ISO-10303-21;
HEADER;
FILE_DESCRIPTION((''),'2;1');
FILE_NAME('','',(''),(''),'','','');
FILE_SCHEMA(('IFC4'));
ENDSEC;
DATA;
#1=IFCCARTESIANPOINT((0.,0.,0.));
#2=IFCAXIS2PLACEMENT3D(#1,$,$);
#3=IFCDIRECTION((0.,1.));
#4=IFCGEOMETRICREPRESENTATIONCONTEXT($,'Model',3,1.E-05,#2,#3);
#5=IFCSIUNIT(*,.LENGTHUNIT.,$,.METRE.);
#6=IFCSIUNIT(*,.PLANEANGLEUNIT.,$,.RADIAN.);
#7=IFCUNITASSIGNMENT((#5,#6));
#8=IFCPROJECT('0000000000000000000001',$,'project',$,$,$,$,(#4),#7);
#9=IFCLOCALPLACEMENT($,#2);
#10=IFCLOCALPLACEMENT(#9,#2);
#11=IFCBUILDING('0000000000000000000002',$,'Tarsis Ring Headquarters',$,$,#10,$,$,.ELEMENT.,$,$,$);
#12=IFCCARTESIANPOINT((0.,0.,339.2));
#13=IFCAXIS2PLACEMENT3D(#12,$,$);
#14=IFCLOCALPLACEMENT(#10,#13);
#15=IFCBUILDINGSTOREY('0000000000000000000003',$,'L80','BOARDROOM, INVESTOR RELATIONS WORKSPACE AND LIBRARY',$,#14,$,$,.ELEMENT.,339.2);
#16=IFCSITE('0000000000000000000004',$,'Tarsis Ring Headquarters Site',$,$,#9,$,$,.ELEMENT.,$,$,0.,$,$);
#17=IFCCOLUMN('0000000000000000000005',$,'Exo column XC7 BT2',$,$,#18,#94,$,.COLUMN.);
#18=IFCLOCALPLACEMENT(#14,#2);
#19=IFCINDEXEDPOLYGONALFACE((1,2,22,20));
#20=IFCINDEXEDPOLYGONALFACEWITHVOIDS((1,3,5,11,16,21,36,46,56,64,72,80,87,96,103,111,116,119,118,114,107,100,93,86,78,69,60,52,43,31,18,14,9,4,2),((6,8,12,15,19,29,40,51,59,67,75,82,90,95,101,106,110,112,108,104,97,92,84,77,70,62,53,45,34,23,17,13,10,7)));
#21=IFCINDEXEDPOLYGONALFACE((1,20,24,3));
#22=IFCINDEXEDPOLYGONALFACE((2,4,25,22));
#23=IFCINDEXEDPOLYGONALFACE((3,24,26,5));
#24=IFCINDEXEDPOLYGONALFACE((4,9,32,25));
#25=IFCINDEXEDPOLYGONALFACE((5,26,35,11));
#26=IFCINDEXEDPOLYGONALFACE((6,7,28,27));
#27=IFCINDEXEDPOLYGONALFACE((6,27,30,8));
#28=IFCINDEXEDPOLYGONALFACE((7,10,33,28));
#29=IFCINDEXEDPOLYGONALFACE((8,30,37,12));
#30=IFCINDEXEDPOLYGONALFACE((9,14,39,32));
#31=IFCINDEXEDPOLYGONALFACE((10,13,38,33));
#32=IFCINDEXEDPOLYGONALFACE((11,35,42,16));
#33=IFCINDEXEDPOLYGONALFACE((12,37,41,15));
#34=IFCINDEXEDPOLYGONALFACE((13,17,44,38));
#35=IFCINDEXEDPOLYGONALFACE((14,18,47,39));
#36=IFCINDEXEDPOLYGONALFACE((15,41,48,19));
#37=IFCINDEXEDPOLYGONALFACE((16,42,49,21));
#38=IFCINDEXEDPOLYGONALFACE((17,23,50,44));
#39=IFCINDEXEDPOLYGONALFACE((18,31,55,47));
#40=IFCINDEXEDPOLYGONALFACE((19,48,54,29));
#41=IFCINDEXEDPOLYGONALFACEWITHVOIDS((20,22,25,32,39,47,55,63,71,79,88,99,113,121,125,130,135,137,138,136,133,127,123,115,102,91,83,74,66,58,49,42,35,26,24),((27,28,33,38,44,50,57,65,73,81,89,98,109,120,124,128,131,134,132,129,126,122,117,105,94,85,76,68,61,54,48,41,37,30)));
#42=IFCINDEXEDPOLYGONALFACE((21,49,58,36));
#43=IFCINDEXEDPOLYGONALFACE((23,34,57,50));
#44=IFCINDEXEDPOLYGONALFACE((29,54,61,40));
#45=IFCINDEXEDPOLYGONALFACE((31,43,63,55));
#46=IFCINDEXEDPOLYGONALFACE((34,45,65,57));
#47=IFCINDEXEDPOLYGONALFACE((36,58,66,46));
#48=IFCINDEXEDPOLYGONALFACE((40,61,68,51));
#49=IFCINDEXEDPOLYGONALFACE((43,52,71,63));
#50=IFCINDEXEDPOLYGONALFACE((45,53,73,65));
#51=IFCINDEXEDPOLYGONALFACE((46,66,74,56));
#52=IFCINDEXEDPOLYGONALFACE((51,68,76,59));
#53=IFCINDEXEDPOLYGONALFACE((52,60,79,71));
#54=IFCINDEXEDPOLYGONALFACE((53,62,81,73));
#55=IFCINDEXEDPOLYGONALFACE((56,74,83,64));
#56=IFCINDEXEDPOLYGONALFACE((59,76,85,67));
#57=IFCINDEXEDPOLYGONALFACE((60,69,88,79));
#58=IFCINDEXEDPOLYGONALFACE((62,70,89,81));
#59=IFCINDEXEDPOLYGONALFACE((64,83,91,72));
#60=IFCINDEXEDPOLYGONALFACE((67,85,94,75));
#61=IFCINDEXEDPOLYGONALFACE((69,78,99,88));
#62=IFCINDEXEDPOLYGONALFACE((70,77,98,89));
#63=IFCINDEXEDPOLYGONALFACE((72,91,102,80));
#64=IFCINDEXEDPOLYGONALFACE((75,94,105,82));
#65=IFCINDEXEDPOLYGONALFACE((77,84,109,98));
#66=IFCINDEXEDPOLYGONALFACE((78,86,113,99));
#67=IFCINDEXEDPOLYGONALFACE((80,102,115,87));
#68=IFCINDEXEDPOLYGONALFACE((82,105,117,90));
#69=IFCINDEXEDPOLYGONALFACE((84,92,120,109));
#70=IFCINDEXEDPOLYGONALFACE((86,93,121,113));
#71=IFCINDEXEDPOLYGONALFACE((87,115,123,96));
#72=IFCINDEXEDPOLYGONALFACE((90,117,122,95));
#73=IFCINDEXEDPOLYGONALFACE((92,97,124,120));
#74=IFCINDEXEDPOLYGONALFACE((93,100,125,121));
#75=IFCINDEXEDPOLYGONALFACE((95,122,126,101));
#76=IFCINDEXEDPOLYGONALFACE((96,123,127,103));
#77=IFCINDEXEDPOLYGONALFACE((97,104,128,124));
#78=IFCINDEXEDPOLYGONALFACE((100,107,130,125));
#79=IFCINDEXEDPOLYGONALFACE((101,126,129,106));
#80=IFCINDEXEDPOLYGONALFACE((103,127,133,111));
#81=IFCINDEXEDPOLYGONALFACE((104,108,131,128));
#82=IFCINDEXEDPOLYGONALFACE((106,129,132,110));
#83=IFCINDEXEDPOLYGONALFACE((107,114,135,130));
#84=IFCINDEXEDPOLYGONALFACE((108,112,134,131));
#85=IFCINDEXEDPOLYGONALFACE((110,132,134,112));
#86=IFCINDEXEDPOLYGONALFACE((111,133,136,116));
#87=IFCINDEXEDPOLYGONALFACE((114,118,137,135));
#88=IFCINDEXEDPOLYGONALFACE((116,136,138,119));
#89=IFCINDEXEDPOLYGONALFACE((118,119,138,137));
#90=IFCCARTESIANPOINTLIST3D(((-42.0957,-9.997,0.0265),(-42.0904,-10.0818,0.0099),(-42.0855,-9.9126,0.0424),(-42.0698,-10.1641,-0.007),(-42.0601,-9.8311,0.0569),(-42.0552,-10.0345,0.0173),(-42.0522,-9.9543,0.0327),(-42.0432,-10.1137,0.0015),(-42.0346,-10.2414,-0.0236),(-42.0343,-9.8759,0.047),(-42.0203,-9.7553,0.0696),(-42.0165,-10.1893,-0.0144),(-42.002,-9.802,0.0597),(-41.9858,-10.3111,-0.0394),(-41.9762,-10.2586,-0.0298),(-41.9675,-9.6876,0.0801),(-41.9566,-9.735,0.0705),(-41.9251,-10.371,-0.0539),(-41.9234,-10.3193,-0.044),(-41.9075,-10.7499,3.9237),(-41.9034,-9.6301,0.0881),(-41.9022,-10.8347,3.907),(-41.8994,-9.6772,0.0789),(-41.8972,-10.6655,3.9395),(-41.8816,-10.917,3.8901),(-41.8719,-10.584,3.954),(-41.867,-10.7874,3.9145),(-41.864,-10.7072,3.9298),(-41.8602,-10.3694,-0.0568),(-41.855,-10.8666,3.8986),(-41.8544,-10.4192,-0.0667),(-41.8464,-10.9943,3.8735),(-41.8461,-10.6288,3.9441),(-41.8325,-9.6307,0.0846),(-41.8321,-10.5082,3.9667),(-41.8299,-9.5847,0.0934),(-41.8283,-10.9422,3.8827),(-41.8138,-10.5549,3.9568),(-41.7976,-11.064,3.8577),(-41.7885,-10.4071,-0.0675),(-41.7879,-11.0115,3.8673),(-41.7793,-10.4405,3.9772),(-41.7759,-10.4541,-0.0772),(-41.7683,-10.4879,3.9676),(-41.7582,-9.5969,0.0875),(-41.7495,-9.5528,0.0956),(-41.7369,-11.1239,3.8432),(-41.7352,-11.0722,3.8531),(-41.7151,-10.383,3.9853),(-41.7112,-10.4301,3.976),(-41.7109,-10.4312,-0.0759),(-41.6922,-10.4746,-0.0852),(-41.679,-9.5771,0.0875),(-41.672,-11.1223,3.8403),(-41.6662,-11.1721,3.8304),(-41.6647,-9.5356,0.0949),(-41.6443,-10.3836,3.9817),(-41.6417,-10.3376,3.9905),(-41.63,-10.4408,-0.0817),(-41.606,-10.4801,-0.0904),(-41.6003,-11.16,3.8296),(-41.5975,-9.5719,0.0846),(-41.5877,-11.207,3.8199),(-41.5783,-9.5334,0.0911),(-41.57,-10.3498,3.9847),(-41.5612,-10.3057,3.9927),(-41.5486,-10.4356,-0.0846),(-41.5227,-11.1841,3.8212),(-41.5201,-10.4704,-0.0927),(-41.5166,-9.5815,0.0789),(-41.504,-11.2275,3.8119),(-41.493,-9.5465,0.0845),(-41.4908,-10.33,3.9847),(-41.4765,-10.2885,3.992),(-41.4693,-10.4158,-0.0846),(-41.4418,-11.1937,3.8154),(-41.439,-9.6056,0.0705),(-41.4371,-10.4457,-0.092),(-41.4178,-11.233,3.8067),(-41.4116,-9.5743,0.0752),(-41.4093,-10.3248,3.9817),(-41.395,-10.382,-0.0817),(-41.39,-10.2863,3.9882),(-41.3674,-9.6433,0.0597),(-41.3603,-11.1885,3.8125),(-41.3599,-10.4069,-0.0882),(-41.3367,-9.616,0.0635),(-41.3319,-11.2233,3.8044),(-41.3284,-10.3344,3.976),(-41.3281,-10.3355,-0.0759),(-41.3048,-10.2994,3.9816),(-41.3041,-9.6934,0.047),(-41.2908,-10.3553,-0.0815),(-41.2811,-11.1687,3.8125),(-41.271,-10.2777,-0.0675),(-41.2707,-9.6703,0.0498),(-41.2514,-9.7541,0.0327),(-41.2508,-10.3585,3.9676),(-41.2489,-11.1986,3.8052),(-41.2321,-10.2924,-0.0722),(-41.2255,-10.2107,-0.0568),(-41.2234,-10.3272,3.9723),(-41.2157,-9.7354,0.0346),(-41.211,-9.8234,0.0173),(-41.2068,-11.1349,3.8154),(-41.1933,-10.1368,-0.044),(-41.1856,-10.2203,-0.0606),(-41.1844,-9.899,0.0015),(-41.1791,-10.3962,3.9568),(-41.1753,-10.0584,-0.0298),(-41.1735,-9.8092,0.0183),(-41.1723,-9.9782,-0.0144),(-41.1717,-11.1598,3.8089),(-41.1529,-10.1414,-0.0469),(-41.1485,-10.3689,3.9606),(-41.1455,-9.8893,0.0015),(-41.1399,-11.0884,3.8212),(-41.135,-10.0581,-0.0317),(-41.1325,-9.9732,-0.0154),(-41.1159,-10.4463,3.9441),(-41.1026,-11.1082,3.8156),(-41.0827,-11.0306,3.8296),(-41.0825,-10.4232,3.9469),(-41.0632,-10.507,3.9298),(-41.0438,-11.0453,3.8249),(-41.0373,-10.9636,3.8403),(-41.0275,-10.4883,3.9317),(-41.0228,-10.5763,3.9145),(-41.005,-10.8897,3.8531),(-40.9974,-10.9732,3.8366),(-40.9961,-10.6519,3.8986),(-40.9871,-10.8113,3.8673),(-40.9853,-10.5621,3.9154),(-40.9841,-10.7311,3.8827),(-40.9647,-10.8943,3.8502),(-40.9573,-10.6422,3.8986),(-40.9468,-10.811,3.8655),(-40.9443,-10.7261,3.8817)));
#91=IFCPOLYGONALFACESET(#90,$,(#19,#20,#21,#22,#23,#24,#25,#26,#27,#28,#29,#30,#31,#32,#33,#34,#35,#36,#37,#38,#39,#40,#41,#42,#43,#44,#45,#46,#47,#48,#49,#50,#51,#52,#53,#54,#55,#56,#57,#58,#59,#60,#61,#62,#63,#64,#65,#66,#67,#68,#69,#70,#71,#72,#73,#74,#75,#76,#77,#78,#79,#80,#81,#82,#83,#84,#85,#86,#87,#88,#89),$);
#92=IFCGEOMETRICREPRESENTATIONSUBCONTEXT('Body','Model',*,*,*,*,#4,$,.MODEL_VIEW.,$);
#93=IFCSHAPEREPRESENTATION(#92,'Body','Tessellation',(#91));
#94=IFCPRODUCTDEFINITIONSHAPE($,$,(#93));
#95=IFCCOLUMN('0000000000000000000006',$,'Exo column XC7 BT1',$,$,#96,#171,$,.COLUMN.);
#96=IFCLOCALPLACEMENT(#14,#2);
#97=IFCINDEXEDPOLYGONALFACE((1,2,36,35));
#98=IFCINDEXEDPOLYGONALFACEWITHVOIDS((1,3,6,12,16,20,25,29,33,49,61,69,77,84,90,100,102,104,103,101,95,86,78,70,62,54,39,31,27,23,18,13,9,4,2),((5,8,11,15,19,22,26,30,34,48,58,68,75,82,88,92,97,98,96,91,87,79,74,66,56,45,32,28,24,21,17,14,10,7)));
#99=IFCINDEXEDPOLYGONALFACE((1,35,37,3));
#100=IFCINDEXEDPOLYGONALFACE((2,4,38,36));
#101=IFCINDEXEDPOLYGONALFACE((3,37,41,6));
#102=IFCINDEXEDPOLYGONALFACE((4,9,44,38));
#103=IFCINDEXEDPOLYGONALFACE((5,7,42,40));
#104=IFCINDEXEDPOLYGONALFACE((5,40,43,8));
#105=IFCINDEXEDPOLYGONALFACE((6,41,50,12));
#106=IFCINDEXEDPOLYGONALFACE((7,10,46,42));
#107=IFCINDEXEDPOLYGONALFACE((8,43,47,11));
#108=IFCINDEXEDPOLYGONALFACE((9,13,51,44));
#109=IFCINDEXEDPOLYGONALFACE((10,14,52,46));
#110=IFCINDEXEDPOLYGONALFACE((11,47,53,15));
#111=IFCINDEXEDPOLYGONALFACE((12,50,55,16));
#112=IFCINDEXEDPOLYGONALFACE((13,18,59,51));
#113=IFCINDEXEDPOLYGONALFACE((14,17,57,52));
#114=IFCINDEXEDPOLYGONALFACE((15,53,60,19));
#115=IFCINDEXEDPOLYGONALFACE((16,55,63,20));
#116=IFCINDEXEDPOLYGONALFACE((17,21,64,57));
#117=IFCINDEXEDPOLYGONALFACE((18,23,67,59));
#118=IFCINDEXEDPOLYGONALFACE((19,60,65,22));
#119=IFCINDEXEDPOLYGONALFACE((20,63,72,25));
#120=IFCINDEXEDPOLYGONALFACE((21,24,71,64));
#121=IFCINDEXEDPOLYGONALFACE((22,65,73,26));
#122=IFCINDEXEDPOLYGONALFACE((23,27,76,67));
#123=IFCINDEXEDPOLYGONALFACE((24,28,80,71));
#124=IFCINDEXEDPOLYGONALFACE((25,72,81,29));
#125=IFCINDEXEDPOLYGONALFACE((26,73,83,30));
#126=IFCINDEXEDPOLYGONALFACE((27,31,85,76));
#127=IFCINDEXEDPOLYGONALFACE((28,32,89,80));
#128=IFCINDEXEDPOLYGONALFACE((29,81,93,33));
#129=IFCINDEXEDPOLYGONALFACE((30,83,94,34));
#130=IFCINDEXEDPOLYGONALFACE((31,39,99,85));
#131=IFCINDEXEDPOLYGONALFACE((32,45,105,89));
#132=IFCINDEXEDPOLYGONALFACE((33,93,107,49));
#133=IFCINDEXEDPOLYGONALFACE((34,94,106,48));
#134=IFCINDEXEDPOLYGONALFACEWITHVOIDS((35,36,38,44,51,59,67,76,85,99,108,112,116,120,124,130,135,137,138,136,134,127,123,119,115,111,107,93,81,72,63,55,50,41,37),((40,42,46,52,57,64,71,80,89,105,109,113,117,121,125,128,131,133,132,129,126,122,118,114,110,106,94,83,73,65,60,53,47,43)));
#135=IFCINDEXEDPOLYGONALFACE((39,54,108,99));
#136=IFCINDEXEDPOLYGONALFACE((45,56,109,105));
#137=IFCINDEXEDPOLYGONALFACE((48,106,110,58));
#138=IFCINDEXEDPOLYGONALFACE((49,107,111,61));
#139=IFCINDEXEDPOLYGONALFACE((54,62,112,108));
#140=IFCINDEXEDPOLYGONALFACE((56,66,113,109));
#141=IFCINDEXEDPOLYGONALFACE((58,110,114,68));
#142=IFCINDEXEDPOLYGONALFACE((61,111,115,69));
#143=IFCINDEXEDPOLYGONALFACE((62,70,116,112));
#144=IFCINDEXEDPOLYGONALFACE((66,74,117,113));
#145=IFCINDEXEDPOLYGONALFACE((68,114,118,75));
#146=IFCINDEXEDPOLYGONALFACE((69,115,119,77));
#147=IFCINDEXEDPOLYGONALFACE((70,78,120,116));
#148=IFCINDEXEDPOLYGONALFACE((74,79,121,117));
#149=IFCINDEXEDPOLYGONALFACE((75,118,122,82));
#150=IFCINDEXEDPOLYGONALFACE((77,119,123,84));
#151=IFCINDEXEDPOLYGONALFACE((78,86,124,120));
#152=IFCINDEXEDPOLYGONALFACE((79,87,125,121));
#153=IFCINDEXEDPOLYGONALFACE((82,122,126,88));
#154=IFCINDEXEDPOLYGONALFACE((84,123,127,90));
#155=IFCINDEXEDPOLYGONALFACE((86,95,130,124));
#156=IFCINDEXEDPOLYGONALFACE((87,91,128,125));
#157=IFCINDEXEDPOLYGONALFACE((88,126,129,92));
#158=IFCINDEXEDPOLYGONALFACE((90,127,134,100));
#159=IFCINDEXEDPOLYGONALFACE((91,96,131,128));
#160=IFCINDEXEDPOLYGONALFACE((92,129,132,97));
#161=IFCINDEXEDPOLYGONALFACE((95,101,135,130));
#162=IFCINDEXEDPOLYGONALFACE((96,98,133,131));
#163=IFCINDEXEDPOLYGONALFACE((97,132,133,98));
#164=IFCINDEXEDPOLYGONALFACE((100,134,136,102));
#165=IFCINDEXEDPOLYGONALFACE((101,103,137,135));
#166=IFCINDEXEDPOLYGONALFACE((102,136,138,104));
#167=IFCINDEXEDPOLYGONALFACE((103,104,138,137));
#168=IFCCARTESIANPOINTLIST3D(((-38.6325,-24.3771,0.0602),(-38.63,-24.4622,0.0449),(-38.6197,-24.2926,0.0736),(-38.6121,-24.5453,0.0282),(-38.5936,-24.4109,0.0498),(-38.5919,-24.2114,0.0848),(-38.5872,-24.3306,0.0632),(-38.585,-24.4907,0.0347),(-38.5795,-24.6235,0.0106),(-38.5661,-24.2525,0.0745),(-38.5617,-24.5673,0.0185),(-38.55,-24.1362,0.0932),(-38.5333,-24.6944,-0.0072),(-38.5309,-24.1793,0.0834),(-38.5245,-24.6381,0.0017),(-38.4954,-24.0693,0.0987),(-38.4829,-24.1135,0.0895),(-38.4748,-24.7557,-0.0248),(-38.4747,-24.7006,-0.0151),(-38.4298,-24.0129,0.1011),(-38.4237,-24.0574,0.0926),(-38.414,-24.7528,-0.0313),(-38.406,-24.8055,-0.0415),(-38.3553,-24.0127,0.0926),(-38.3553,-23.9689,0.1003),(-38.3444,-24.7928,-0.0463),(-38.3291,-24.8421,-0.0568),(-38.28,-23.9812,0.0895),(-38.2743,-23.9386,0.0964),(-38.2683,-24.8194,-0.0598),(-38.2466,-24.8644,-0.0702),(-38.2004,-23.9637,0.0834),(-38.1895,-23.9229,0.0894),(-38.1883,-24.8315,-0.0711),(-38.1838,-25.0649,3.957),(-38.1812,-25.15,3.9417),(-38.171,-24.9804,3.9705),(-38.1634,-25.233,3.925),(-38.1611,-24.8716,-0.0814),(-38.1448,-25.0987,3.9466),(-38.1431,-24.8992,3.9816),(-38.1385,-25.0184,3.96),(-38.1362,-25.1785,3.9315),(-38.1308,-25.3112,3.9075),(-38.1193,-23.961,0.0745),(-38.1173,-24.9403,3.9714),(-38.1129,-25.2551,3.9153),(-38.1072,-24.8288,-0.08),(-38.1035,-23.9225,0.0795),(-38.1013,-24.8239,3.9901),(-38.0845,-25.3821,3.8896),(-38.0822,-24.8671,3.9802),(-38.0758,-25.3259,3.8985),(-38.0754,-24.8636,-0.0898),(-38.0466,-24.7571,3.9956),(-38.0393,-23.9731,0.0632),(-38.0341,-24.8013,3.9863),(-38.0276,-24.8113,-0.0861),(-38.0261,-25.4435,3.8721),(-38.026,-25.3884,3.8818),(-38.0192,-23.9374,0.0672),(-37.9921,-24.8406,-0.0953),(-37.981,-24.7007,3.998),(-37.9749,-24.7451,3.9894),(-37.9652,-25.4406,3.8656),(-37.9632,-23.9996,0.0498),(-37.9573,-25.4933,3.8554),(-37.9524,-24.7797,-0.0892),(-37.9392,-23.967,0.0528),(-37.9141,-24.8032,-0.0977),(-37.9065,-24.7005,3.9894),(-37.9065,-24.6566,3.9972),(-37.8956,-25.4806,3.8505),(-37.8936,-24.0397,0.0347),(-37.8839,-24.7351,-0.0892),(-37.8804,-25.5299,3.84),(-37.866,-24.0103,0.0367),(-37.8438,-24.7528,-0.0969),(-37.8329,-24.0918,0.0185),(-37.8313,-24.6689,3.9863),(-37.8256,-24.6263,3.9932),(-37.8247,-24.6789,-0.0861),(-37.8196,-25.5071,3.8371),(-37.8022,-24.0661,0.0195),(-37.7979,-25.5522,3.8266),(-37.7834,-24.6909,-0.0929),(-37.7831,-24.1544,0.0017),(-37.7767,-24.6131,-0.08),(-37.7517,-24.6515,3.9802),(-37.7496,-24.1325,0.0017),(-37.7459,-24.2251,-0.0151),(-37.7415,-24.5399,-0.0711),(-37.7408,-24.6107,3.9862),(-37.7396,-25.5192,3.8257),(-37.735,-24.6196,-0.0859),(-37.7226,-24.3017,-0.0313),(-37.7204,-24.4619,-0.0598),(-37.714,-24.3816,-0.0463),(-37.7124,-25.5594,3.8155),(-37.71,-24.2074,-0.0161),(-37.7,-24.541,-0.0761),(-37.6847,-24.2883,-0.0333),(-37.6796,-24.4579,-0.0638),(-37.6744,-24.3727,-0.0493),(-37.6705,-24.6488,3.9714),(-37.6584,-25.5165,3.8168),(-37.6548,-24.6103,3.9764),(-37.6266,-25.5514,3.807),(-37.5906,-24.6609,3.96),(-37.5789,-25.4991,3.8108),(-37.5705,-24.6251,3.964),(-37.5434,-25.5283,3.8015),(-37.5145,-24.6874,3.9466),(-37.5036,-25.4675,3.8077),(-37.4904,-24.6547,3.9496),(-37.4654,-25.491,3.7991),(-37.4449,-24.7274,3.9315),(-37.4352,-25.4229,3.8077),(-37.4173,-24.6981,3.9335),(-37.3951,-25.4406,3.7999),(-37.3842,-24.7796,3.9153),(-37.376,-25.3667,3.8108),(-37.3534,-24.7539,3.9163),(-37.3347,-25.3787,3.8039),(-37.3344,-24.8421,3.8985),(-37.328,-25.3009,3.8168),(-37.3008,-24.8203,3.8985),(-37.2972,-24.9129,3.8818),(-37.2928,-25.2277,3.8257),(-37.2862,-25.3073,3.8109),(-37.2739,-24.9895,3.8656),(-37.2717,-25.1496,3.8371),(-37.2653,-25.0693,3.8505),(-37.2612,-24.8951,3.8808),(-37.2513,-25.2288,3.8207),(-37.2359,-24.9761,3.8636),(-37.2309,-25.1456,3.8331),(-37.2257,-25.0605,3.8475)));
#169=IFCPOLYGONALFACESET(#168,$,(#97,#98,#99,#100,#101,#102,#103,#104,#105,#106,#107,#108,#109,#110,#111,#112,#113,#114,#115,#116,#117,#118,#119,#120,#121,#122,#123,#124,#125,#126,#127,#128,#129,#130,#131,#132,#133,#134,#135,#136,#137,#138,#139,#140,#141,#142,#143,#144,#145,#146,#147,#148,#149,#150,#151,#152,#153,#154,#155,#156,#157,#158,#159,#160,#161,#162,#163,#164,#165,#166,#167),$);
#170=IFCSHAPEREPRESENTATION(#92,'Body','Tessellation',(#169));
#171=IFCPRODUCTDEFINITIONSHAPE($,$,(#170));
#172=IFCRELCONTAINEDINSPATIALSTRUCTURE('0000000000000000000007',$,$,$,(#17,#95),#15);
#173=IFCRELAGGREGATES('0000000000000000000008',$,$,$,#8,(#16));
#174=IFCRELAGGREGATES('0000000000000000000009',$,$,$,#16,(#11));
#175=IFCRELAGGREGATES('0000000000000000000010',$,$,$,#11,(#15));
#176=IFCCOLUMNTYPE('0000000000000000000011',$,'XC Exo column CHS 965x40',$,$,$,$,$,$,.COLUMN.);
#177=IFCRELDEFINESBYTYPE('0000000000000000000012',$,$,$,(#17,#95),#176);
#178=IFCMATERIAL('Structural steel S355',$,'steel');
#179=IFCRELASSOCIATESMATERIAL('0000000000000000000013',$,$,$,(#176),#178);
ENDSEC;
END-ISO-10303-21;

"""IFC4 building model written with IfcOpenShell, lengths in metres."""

from ifc_helpers import new_model, si_unit, direction, frame, origin, origin_2d, place, context, subcontext, project, spatial, hollow_circle, extrude, material, material_profile, profile_set, type_object, element, save


model = new_model("IFC4")

# Units and contexts
model_context = context("Model", 3, precision=1e-05, world=origin(), true_north=direction((0.0, 1.0)))
body_context = subcontext(model_context, "Body", "Model", "MODEL_VIEW")
ifc_project = project(units=[si_unit("LENGTHUNIT", "METRE"), si_unit("PLANEANGLEUNIT", "RADIAN")], contexts=[model_context])

# Site, building, storey
site_placement = place(None, origin())
site = spatial("IfcSite", under=ifc_project, at=site_placement, Name="Tarsis Ring Headquarters Site", CompositionType="ELEMENT", RefElevation=0.0)
building_placement = place(site_placement, origin())
building = spatial("IfcBuilding", under=site, at=building_placement, Name="Tarsis Ring Headquarters", CompositionType="ELEMENT")
storey_placement = place(building_placement, frame((0.0, 0.0, 339.2)))
storey = spatial("IfcBuildingStorey", under=building, at=storey_placement, Name="L80", Description="BOARDROOM, INVESTOR RELATIONS WORKSPACE AND LIBRARY", CompositionType="ELEMENT", Elevation=339.2)

# Columns
ifc_material_1 = material(Name="Structural steel S355", Category="steel")
ifc_material_profile_1 = material_profile(ifc_material_1, hollow_circle(Radius=0.4827, WallThickness=0.04, at=origin_2d()), Name="CHS 965x40")
ifc_profile_set_1 = profile_set([ifc_material_profile_1], Name="Structural steel S355")
column_type = type_object("IfcColumnType", Name="XC Exo column CHS 965x40", PredefinedType="COLUMN", material=ifc_profile_set_1)
column_1_placement = place(storey_placement, frame((-41.6138, -10.0063, 0.0015), z_axis=(0.047369, -0.189476, 0.980742), x_axis=(0.970143, 0.242536, 0.0)))
element("IfcColumn", 1, at=column_1_placement, inside=storey, type_object=column_type, Name="Exo column XC7 BT2", PredefinedType="COLUMN", context=body_context, shape_type="SweptSolid", body=[
    extrude(hollow_circle(Radius=0.4827, WallThickness=0.04, at=origin_2d()), origin(), (0.0, 0.0, 1.0), 3.9736),
])
column_2_placement = place(storey_placement, frame((-38.1538, -24.3962, 0.0017), z_axis=(0.112681, -0.1727, 0.978508), x_axis=(0.837498, 0.54644, 0.0)))
element("IfcColumn", 2, at=column_2_placement, inside=storey, type_object=column_type, Name="Exo column XC7 BT1", PredefinedType="COLUMN", context=body_context, shape_type="SweptSolid", body=[
    extrude(hollow_circle(Radius=0.4827, WallThickness=0.04, at=origin_2d()), origin(), (0.0, 0.0, 1.0), 3.9824),
])

save(model, "model.ifc")
